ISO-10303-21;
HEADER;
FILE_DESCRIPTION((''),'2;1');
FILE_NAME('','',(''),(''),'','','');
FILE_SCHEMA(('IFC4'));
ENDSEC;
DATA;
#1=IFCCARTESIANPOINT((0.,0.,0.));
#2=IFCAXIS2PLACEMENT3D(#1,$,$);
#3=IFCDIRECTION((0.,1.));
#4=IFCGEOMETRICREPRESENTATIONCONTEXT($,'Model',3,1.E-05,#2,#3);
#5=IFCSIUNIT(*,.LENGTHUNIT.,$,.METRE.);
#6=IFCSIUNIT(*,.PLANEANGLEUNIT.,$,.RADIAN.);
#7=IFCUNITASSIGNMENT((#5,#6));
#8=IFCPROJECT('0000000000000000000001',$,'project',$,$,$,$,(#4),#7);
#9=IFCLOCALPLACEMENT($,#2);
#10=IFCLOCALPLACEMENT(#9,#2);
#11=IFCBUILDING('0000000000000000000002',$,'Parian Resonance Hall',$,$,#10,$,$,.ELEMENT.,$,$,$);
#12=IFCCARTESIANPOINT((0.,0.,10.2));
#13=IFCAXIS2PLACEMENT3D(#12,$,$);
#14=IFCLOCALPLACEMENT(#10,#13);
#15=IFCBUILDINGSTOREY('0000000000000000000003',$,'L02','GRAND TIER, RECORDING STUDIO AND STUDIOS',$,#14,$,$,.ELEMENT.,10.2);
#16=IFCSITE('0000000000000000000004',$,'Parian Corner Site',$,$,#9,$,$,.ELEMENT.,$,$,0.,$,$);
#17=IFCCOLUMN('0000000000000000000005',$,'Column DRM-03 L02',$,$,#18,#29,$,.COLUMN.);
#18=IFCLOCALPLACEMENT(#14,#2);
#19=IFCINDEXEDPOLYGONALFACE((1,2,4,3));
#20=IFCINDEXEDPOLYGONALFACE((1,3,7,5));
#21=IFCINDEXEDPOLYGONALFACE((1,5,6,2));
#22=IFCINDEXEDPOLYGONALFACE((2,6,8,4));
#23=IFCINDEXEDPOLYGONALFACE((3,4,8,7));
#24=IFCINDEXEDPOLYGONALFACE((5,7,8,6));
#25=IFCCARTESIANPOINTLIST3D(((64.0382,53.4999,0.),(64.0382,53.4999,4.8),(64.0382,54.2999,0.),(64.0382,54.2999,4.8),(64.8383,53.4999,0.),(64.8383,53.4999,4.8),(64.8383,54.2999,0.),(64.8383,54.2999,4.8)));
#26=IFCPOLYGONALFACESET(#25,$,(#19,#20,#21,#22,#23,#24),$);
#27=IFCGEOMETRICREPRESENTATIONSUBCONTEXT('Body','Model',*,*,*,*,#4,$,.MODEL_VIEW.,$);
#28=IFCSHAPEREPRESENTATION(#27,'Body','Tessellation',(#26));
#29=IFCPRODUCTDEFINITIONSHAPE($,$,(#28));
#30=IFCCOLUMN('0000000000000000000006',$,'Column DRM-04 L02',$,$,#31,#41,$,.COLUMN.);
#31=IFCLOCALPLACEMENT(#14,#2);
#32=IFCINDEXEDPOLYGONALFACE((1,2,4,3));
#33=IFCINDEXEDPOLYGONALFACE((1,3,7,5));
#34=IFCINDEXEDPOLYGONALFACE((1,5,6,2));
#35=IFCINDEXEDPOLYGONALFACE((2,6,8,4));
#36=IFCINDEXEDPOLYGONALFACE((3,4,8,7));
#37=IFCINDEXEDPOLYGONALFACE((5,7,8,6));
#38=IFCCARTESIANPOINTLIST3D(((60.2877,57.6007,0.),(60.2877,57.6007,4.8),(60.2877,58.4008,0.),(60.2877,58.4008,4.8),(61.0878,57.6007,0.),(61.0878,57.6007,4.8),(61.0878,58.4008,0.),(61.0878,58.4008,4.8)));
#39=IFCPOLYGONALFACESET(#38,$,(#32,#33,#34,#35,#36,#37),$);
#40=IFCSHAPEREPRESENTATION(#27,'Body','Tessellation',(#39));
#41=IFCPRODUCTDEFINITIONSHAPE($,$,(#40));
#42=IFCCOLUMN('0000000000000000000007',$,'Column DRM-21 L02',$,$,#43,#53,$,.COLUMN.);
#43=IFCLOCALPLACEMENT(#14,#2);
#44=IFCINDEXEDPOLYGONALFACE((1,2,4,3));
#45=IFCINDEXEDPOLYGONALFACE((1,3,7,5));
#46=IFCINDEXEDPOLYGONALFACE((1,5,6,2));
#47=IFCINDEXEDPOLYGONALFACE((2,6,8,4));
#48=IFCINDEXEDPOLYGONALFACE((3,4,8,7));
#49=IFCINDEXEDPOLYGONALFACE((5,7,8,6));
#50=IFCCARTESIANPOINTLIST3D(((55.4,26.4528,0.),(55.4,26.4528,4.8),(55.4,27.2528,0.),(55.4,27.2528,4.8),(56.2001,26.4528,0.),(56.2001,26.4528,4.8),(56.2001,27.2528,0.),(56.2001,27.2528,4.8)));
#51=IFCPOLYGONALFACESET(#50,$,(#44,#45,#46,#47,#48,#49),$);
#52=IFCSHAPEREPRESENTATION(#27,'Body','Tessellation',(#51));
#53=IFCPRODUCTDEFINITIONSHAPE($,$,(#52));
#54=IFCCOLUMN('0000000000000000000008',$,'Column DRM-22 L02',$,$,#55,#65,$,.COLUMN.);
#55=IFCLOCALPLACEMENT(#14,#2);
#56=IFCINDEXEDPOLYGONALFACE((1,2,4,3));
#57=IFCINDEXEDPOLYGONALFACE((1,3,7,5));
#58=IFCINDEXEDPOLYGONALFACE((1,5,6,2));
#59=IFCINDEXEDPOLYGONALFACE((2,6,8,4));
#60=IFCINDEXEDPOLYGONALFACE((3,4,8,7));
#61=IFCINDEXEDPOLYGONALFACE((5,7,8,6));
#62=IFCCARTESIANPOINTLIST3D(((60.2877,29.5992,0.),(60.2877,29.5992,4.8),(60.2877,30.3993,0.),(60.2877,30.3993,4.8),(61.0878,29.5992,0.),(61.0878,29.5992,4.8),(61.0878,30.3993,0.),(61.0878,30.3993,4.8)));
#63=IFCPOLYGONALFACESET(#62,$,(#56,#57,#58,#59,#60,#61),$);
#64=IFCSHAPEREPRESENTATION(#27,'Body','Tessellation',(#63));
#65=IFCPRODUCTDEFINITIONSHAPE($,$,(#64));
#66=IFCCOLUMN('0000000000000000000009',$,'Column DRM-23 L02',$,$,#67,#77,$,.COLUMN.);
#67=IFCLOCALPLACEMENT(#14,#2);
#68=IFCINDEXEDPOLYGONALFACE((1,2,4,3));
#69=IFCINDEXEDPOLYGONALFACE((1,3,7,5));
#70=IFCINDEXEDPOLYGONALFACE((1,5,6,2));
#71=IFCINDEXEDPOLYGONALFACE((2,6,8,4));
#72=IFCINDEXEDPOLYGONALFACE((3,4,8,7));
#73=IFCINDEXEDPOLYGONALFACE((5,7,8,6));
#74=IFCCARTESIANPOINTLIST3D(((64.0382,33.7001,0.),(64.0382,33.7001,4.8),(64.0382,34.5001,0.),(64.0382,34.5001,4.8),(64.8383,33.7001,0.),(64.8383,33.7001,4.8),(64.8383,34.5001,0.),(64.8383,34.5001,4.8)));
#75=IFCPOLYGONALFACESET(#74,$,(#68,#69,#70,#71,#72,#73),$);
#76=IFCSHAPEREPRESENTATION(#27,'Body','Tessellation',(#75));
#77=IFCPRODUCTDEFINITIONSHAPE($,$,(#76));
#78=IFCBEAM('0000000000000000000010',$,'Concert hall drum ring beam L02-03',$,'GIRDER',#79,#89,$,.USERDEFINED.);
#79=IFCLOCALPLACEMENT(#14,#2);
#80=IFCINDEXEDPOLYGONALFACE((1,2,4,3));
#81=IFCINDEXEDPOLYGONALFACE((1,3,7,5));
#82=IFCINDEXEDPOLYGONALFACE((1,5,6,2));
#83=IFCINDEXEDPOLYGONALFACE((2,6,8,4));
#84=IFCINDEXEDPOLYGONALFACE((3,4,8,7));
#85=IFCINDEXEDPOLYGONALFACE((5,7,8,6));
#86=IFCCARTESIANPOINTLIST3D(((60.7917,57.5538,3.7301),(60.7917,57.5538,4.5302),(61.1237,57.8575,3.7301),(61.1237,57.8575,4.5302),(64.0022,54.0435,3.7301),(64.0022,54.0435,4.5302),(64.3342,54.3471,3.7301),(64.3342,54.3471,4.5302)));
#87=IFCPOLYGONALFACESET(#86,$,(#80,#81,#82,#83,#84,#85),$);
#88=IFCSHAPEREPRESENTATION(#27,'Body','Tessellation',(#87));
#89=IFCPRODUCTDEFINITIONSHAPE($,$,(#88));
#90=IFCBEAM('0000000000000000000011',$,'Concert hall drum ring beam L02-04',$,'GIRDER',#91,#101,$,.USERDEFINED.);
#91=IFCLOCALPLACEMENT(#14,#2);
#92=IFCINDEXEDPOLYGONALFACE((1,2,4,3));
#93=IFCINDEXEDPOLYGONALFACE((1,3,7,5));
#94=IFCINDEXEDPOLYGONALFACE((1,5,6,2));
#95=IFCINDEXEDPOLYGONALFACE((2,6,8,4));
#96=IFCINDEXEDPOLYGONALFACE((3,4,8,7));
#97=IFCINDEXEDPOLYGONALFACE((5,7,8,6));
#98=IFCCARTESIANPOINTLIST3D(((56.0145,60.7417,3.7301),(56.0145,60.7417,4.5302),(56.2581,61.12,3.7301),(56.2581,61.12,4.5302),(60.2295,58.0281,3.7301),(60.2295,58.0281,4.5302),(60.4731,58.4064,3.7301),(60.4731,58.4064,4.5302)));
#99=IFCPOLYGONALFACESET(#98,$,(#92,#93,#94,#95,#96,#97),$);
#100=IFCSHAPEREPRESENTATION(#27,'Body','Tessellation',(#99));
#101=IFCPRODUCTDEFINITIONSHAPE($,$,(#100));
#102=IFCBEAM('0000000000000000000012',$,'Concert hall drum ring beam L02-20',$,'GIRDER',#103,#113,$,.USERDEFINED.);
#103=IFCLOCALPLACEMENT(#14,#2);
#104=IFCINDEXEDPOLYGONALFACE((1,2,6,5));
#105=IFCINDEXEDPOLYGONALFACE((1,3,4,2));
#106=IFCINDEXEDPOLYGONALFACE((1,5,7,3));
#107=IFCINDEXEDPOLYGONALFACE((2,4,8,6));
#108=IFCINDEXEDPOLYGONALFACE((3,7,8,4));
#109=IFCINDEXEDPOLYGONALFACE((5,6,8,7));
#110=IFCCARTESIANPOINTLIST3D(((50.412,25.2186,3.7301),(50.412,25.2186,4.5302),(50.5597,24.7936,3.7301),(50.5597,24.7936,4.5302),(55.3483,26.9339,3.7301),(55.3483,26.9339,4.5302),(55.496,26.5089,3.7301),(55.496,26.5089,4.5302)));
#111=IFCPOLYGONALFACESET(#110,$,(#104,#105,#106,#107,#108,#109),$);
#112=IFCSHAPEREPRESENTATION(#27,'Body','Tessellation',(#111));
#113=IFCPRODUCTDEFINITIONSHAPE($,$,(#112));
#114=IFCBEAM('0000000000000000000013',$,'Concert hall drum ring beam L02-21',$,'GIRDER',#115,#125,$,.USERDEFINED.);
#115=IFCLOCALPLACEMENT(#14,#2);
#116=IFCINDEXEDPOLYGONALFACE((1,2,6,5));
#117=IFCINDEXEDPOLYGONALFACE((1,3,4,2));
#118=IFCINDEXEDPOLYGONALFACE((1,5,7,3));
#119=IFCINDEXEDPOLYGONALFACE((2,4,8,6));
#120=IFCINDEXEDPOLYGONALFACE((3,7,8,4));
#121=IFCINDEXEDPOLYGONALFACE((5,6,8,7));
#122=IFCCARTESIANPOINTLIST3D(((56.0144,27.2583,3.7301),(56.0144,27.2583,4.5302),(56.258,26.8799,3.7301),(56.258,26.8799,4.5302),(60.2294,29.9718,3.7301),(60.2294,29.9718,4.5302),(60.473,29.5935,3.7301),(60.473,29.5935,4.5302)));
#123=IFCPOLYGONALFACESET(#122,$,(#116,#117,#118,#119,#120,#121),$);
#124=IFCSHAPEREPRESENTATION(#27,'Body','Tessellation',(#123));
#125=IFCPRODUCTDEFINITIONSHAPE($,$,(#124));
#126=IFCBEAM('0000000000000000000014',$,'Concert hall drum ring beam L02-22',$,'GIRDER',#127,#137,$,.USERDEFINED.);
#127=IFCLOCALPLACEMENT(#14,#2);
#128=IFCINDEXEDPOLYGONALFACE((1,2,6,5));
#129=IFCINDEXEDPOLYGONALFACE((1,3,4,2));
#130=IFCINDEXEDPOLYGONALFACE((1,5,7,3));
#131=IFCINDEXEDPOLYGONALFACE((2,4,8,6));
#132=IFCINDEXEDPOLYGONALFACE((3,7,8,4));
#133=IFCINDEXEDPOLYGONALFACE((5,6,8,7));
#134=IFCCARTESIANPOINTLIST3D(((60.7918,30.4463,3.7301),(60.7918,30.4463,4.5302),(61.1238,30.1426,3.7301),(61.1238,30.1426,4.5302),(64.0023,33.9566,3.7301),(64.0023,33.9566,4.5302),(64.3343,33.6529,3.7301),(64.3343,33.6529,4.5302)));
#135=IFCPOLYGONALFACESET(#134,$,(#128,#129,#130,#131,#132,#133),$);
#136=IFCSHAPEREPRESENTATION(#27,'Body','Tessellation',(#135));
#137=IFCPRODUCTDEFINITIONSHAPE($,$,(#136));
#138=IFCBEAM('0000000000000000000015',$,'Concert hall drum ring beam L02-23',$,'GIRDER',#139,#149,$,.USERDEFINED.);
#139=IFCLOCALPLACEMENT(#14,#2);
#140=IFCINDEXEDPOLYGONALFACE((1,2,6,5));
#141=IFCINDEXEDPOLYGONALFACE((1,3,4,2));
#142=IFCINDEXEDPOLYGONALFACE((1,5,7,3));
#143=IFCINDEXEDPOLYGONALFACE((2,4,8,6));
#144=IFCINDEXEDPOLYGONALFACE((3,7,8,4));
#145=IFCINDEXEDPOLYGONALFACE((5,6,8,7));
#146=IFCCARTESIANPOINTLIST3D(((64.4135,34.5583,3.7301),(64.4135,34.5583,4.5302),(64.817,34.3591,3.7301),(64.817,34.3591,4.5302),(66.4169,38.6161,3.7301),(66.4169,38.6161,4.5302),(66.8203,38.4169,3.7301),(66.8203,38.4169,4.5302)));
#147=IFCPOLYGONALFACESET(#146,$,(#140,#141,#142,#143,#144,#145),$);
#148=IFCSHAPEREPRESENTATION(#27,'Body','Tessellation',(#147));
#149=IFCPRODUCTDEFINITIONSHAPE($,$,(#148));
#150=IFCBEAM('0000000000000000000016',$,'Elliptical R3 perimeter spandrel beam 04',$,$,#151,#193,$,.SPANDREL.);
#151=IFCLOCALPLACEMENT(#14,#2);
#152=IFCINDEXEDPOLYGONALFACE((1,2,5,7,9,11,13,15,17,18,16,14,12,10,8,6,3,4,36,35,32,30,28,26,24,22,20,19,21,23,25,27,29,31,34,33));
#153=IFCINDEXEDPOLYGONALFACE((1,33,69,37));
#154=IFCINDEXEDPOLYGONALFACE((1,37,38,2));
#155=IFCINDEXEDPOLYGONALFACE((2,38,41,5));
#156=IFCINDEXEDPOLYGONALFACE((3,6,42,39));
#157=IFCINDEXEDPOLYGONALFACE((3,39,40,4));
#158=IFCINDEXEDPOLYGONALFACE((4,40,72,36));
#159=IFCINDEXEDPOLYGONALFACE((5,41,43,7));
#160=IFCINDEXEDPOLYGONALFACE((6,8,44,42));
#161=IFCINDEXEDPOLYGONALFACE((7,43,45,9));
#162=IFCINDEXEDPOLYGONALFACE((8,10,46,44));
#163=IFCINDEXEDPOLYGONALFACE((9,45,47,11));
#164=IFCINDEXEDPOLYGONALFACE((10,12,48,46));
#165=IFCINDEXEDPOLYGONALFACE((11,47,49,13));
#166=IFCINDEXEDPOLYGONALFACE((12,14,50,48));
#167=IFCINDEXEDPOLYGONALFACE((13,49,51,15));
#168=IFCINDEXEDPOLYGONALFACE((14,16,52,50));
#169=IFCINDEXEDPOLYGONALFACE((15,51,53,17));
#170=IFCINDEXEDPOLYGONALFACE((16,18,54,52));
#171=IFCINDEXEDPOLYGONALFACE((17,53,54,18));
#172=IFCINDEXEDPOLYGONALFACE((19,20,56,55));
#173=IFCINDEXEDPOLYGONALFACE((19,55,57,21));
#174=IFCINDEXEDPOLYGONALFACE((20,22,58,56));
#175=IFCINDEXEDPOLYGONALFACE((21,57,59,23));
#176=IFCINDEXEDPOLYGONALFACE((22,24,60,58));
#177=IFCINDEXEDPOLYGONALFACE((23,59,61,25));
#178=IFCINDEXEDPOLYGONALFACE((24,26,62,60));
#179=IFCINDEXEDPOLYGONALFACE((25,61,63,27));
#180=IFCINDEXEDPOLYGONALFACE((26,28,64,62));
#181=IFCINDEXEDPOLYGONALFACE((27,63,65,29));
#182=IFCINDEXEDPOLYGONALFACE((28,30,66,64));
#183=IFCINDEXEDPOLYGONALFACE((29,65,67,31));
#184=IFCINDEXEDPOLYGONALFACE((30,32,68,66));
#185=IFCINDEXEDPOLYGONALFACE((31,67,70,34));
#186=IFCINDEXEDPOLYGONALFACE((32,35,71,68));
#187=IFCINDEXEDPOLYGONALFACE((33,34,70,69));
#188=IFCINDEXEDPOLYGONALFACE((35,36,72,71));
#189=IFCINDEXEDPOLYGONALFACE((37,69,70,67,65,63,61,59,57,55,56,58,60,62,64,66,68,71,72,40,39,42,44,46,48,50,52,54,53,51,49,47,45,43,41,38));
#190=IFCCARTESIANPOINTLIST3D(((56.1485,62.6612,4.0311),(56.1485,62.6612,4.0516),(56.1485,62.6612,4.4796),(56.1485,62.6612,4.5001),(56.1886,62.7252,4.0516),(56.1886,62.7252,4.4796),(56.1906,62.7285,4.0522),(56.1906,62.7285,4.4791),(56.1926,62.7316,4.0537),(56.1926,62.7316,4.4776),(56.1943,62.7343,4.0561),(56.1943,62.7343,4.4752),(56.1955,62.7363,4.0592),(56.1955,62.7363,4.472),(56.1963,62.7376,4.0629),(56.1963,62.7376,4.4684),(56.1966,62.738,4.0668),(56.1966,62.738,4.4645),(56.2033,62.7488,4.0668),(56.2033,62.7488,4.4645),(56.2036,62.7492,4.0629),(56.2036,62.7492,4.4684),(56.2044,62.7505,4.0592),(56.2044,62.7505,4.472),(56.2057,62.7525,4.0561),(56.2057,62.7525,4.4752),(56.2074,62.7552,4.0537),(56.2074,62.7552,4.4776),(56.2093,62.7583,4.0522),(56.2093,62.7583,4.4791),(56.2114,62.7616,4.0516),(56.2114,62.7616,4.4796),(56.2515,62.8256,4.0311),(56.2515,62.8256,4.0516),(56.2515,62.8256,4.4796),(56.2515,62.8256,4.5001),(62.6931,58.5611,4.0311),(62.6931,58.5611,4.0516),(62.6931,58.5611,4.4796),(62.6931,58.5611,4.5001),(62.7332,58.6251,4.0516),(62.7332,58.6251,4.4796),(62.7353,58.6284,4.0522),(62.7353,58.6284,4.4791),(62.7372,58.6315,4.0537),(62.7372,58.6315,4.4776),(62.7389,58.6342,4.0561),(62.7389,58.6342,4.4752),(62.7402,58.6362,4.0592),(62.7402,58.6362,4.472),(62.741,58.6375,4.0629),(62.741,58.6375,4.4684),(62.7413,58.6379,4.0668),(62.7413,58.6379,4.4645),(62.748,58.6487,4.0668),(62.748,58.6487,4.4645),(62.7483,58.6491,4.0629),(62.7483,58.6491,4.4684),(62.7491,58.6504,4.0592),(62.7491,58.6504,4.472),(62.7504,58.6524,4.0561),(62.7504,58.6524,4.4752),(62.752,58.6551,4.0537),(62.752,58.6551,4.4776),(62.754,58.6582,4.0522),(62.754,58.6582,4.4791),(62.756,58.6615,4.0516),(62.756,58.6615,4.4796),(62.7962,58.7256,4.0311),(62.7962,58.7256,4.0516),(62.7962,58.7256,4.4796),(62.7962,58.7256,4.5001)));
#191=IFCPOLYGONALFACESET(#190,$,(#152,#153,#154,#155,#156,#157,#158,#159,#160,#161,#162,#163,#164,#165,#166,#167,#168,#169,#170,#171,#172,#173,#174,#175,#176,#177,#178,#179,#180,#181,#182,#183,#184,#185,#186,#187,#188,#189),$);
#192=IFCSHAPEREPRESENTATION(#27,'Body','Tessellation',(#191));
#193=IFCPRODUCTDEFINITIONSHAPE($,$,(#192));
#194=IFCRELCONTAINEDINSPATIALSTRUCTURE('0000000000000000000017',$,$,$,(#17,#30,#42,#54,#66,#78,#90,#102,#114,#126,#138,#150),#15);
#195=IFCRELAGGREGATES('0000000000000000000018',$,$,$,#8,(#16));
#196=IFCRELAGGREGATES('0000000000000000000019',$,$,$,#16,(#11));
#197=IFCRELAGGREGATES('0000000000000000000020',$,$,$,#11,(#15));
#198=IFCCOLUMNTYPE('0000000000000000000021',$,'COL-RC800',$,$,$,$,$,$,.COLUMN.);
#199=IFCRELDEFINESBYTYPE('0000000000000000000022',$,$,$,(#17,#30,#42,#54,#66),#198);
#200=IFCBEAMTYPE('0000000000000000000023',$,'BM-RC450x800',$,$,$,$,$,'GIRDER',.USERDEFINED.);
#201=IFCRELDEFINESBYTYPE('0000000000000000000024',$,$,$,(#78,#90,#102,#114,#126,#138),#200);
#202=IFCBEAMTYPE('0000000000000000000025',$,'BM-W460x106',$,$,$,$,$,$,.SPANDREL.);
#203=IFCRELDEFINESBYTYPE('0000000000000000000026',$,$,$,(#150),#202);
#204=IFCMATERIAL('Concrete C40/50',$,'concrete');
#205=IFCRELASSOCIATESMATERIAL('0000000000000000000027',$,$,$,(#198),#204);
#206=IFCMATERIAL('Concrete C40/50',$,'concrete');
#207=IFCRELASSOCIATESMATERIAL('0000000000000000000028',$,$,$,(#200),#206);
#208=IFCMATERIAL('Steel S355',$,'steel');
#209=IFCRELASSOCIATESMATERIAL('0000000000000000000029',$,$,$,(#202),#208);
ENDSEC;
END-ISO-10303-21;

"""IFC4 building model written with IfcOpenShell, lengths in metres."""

from ifc_helpers import new_model, si_unit, direction, frame, origin, origin_2d, place, context, subcontext, project, spatial, rectangle, i_section, extrude, material, material_profile, profile_set, type_object, element, save


model = new_model("IFC4")

# Units and contexts
model_context = context("Model", 3, precision=1e-05, world=origin(), true_north=direction((0.0, 1.0)))
body_context = subcontext(model_context, "Body", "Model", "MODEL_VIEW")
ifc_project = project(units=[si_unit("LENGTHUNIT", "METRE"), si_unit("PLANEANGLEUNIT", "RADIAN")], contexts=[model_context])

# Site, building, storey
site_placement = place(None, origin())
site = spatial("IfcSite", under=ifc_project, at=site_placement, Name="Parian Corner Site", CompositionType="ELEMENT", RefElevation=0.0)
building_placement = place(site_placement, origin())
building = spatial("IfcBuilding", under=site, at=building_placement, Name="Parian Resonance Hall", CompositionType="ELEMENT")
storey_placement = place(building_placement, frame((0.0, 0.0, 10.2)))
storey = spatial("IfcBuildingStorey", under=building, at=storey_placement, Name="L02", Description="GRAND TIER, RECORDING STUDIO AND STUDIOS", CompositionType="ELEMENT", Elevation=10.2)

# Columns
ifc_material_1 = material(Name="Concrete C40/50", Category="concrete")
ifc_material_profile_1 = material_profile(ifc_material_1, rectangle(XDim=0.8, YDim=0.8, at=origin_2d()), Name="RC-COL-800x800")
ifc_profile_set_1 = profile_set([ifc_material_profile_1], Name="Concrete C40/50")
column_type = type_object("IfcColumnType", Name="COL-RC800", PredefinedType="COLUMN", material=ifc_profile_set_1)
for number, where, z_axis, x_axis, name in (
    (1, (64.4382, 53.8999, 0.0), (0.0, 0.0, 1.0), (1.0, 0.0, 0.0), "Column DRM-03 L02"),
    (2, (60.6877, 58.0007, 0.0), (0.0, 0.0, 1.0), (1.0, 0.0, 0.0), "Column DRM-04 L02"),
    (3, (55.8, 26.8528, 0.0), (0.0, 0.0, 1.0), (1.0, 0.0, 0.0), "Column DRM-21 L02"),
    (4, (60.6877, 29.9993, 0.0), (0.0, 0.0, 1.0), (1.0, 0.0, 0.0), "Column DRM-22 L02"),
    (5, (64.4382, 34.1001, 0.0), (0.0, 0.0, 1.0), (1.0, 0.0, 0.0), "Column DRM-23 L02"),
):
    element("IfcColumn", number, at=place(storey_placement, frame(where, z_axis=z_axis, x_axis=x_axis)), inside=storey, type_object=column_type, Name=name, PredefinedType="COLUMN", context=body_context, shape_type="SweptSolid", body=[
        extrude(rectangle(XDim=0.8, YDim=0.8, at=origin_2d()), origin(), (0.0, 0.0, 1.0), 4.8),
    ])

# Beams
ifc_material_2 = material(Name="Concrete C40/50", Category="concrete")
ifc_material_profile_2 = material_profile(ifc_material_2, rectangle(XDim=0.45, YDim=0.8, at=origin_2d()), Name="RC-BM-450x800")
ifc_profile_set_2 = profile_set([ifc_material_profile_2], Name="Concrete C40/50")
beam_type_1 = type_object("IfcBeamType", Name="BM-RC450x800", ElementType="GIRDER", PredefinedType="USERDEFINED", material=ifc_profile_set_2)
beam_1_placement = place(storey_placement, frame((64.1682, 54.1953, 4.1301), z_axis=(-0.674892, 0.737916, 0.0), x_axis=(-0.737916, -0.674892, 0.0)))
element("IfcBeam", 6, at=beam_1_placement, inside=storey, type_object=beam_type_1, Name="Concert hall drum ring beam L02-03", ObjectType="GIRDER", PredefinedType="USERDEFINED", context=body_context, shape_type="SweptSolid", body=[
    extrude(rectangle(XDim=0.45, YDim=0.8, at=origin_2d()), origin(), (0.0, 0.0, 1.0), 4.7571),
])
beam_2_placement = place(storey_placement, frame((60.3513, 58.2173, 4.1301), z_axis=(-0.840822, 0.541311, 0.0), x_axis=(-0.541311, -0.840822, 0.0)))
element("IfcBeam", 7, at=beam_2_placement, inside=storey, type_object=beam_type_1, Name="Concert hall drum ring beam L02-04", ObjectType="GIRDER", PredefinedType="USERDEFINED", context=body_context, shape_type="SweptSolid", body=[
    extrude(rectangle(XDim=0.45, YDim=0.8, at=origin_2d()), origin(), (0.0, 0.0, 1.0), 5.0129),
])
beam_3_placement = place(storey_placement, frame((50.4858, 25.0061, 4.1301), z_axis=(0.944594, 0.328242, 0.0), x_axis=(-0.328242, 0.944594, 0.0)))
element("IfcBeam", 8, at=beam_3_placement, inside=storey, type_object=beam_type_1, Name="Concert hall drum ring beam L02-20", ObjectType="GIRDER", PredefinedType="USERDEFINED", context=body_context, shape_type="SweptSolid", body=[
    extrude(rectangle(XDim=0.45, YDim=0.8, at=origin_2d()), origin(), (0.0, 0.0, 1.0), 5.2258),
])
beam_4_placement = place(storey_placement, frame((56.1362, 27.0691, 4.1301), z_axis=(0.840822, 0.541311, 0.0), x_axis=(-0.541311, 0.840822, 0.0)))
element("IfcBeam", 9, at=beam_4_placement, inside=storey, type_object=beam_type_1, Name="Concert hall drum ring beam L02-21", ObjectType="GIRDER", PredefinedType="USERDEFINED", context=body_context, shape_type="SweptSolid", body=[
    extrude(rectangle(XDim=0.45, YDim=0.8, at=origin_2d()), origin(), (0.0, 0.0, 1.0), 5.0129),
])
beam_5_placement = place(storey_placement, frame((60.9578, 30.2944, 4.1301), z_axis=(0.674892, 0.737916, 0.0), x_axis=(-0.737916, 0.674892, 0.0)))
element("IfcBeam", 10, at=beam_5_placement, inside=storey, type_object=beam_type_1, Name="Concert hall drum ring beam L02-22", ObjectType="GIRDER", PredefinedType="USERDEFINED", context=body_context, shape_type="SweptSolid", body=[
    extrude(rectangle(XDim=0.45, YDim=0.8, at=origin_2d()), origin(), (0.0, 0.0, 1.0), 4.7571),
])
beam_6_placement = place(storey_placement, frame((64.6152, 34.4587, 4.1301), z_axis=(0.442698, 0.896671, 0.0), x_axis=(-0.896671, 0.442698, 0.0)))
element("IfcBeam", 11, at=beam_6_placement, inside=storey, type_object=beam_type_1, Name="Concert hall drum ring beam L02-23", ObjectType="GIRDER", PredefinedType="USERDEFINED", context=body_context, shape_type="SweptSolid", body=[
    extrude(rectangle(XDim=0.45, YDim=0.8, at=origin_2d()), origin(), (0.0, 0.0, 1.0), 4.5254),
])
ifc_material_3 = material(Name="Steel S355", Category="steel")
ifc_material_profile_3 = material_profile(ifc_material_3, i_section(OverallWidth=0.1941, OverallDepth=0.469, WebThickness=0.0127, FlangeThickness=0.0205, FilletRadius=0.0151, at=origin_2d()), Name="W460x106")
ifc_profile_set_3 = profile_set([ifc_material_profile_3], Name="Steel S355")
beam_type_2 = type_object("IfcBeamType", Name="BM-W460x106", PredefinedType="SPANDREL", material=ifc_profile_set_3)
beam_7_placement = place(storey_placement, frame((62.7446, 58.6433, 4.2656), z_axis=(-0.847435, 0.530899, 0.0), x_axis=(-0.530899, -0.847435, 0.0)))
element("IfcBeam", 12, at=beam_7_placement, inside=storey, type_object=beam_type_2, Name="Elliptical R3 perimeter spandrel beam 04", PredefinedType="SPANDREL", context=body_context, shape_type="SweptSolid", body=[
    extrude(i_section(OverallWidth=0.1941, OverallDepth=0.469, WebThickness=0.0127, FlangeThickness=0.0205, FilletRadius=0.0151, at=origin_2d()), origin(), (0.0, 0.0, 1.0), 7.7229),
])

save(model, "model.ifc")
